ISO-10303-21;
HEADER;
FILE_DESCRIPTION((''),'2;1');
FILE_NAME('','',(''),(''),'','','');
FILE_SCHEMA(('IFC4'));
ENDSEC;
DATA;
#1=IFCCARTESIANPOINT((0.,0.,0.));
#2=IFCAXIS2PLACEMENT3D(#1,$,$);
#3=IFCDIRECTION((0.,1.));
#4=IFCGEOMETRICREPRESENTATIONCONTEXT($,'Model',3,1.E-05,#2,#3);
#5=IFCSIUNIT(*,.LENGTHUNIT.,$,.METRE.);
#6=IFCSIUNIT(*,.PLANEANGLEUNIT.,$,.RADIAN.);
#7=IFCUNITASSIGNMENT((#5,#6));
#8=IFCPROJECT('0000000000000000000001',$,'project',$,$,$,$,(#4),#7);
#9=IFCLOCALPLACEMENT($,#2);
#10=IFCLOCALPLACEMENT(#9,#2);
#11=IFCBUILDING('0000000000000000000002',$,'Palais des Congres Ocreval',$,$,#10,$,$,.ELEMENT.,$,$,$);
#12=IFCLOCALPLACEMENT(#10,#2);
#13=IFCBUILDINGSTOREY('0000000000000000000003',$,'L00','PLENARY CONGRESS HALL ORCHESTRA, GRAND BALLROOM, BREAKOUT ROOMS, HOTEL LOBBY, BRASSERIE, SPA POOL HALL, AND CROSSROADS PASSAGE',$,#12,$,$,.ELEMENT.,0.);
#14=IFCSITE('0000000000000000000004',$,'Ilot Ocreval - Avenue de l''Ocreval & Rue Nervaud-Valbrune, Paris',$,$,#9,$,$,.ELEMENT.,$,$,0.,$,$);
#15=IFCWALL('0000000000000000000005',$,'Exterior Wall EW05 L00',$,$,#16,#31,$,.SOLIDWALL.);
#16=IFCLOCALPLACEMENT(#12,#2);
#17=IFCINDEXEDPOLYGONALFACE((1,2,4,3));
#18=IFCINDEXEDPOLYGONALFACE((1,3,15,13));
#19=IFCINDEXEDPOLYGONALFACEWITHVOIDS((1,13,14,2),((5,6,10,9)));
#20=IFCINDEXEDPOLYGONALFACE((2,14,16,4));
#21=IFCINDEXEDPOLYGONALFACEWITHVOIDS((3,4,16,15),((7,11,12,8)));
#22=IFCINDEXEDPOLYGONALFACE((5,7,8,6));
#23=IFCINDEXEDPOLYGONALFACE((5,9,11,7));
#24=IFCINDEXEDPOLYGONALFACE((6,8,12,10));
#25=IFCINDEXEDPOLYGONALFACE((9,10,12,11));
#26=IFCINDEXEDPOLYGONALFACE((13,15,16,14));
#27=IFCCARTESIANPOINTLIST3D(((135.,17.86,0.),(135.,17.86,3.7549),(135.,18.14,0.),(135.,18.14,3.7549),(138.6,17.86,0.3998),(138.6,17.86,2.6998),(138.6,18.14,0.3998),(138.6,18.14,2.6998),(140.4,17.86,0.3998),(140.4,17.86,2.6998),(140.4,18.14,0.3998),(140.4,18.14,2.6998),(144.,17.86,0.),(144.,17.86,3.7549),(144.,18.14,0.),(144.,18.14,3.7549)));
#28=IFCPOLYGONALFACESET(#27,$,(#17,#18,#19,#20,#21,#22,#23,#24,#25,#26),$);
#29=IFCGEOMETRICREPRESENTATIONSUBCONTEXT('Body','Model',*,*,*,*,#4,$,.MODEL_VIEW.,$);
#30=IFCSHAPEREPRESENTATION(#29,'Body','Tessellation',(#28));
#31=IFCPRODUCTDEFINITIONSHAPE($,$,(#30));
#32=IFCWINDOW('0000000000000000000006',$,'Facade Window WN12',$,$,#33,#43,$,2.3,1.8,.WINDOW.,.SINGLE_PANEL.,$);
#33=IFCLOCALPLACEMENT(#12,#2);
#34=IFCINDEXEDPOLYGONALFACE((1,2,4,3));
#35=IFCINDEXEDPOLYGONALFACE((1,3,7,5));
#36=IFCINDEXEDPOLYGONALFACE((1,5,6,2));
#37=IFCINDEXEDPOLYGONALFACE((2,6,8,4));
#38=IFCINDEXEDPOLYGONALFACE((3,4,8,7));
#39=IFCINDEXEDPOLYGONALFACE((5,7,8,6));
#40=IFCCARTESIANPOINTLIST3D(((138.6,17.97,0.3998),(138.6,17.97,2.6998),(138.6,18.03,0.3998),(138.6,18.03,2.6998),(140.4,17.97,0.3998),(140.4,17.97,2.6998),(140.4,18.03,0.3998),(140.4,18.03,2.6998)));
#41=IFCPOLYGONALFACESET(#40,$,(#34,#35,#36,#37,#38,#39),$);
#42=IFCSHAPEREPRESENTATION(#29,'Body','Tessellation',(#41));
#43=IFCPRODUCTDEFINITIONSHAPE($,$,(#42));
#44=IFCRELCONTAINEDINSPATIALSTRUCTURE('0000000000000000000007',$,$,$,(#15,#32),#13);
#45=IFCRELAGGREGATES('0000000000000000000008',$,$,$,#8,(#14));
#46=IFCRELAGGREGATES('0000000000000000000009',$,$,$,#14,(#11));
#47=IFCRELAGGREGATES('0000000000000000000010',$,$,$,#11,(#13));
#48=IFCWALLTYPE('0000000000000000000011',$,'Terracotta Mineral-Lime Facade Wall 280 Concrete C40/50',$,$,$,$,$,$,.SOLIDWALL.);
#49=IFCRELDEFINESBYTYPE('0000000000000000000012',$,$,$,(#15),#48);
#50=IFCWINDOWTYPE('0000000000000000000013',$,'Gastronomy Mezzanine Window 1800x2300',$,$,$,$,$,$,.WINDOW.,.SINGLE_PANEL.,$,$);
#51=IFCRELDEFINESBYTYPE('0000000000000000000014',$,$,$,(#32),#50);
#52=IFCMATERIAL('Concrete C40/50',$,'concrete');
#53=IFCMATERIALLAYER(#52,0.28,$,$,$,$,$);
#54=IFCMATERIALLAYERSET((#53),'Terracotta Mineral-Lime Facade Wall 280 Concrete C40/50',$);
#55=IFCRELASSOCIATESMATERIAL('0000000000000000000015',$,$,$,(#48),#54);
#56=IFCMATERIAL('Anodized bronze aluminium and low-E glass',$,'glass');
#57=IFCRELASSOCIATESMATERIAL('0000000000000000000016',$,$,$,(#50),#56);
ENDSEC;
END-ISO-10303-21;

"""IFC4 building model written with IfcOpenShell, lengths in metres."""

from ifc_helpers import new_model, si_unit, direction, frame, frame_2d, origin, place, context, subcontext, project, spatial, rectangle, extrude, material, layer, layer_set, type_object, element, fill, save


model = new_model("IFC4")

# Units and contexts
model_context = context("Model", 3, precision=1e-05, world=origin(), true_north=direction((0.0, 1.0)))
body_context = subcontext(model_context, "Body", "Model", "MODEL_VIEW")
ifc_project = project(units=[si_unit("LENGTHUNIT", "METRE"), si_unit("PLANEANGLEUNIT", "RADIAN")], contexts=[model_context])

# Site, building, storey
site_placement = place(None, origin())
site = spatial("IfcSite", under=ifc_project, at=site_placement, Name="Ilot Ocreval - Avenue de l'Ocreval & Rue Nervaud-Valbrune, Paris", CompositionType="ELEMENT", RefElevation=0.0)
building_placement = place(site_placement, origin())
building = spatial("IfcBuilding", under=site, at=building_placement, Name="Palais des Congres Ocreval", CompositionType="ELEMENT")
storey_placement = place(building_placement, origin())
storey = spatial("IfcBuildingStorey", under=building, at=storey_placement, Name="L00", Description="PLENARY CONGRESS HALL ORCHESTRA, GRAND BALLROOM, BREAKOUT ROOMS, HOTEL LOBBY, BRASSERIE, SPA POOL HALL, AND CROSSROADS PASSAGE", CompositionType="ELEMENT", Elevation=0.0)

# Shared definitions
ifc_material_1 = material(Name="Anodized bronze aluminium and low-E glass", Category="glass")

# Shared definitions
ifc_material_2 = material(Name="Concrete C40/50", Category="concrete")
ifc_layer_1 = layer(ifc_material_2, 0.28)
ifc_layer_set_1 = layer_set([ifc_layer_1], Name="Terracotta Mineral-Lime Facade Wall 280 Concrete C40/50")
wall_type = type_object("IfcWallType", Name="Terracotta Mineral-Lime Facade Wall 280 Concrete C40/50", PredefinedType="SOLIDWALL", material=ifc_layer_set_1)

# Wall, opening, window
wall_1_placement = place(storey_placement, frame((135.0, 18.0, 0.0), z_axis=(0.0, 0.0, 1.0), x_axis=(1.0, 0.0, 0.0)))
wall_1 = element("IfcWall", 1, at=wall_1_placement, inside=storey, type_object=wall_type, Name="Exterior Wall EW05 L00", PredefinedType="SOLIDWALL", context=body_context, shape_type="SweptSolid", body=[
    extrude(rectangle(XDim=9.0, YDim=0.28, at=frame_2d((4.5, 0.0))), origin(), (0.0, 0.0, 1.0), 3.7549),
])
opening_1_placement = place(wall_1_placement, frame((3.6001, 0.0, 0.3999)))
opening_1 = element("IfcOpeningElement", 2, at=opening_1_placement, cuts=wall_1, PredefinedType="OPENING", context=body_context, shape_type="SweptSolid", body=[
    extrude(rectangle(XDim=1.8, YDim=2.3, at=frame_2d((0.8999, 1.1499))), frame((0.0, 0.1499, 0.0), z_axis=(0.0, -1.0, 0.0), x_axis=(1.0, 0.0, 0.0)), (0.0, 0.0, 1.0), 0.3),
])
window_type_1 = type_object("IfcWindowType", Name="Gastronomy Mezzanine Window 1800x2300", PartitioningType="SINGLE_PANEL", PredefinedType="WINDOW", material=ifc_material_1)
window_1_placement = place(opening_1_placement, origin())
window_1 = element("IfcWindow", 3, at=window_1_placement, inside=storey, type_object=window_type_1, Name="Facade Window WN12", OverallHeight=2.3, OverallWidth=1.8, PartitioningType="SINGLE_PANEL", PredefinedType="WINDOW", context=body_context, shape_type="SweptSolid", body=[
    extrude(rectangle(XDim=1.8, YDim=2.3, at=frame_2d((0.8999, 1.1499))), frame((0.0, 0.03, 0.0), z_axis=(0.0, -1.0, 0.0), x_axis=(1.0, 0.0, 0.0)), (0.0, 0.0, 1.0), 0.0601),
])
fill(opening_1, window_1)

save(model, "model.ifc")
